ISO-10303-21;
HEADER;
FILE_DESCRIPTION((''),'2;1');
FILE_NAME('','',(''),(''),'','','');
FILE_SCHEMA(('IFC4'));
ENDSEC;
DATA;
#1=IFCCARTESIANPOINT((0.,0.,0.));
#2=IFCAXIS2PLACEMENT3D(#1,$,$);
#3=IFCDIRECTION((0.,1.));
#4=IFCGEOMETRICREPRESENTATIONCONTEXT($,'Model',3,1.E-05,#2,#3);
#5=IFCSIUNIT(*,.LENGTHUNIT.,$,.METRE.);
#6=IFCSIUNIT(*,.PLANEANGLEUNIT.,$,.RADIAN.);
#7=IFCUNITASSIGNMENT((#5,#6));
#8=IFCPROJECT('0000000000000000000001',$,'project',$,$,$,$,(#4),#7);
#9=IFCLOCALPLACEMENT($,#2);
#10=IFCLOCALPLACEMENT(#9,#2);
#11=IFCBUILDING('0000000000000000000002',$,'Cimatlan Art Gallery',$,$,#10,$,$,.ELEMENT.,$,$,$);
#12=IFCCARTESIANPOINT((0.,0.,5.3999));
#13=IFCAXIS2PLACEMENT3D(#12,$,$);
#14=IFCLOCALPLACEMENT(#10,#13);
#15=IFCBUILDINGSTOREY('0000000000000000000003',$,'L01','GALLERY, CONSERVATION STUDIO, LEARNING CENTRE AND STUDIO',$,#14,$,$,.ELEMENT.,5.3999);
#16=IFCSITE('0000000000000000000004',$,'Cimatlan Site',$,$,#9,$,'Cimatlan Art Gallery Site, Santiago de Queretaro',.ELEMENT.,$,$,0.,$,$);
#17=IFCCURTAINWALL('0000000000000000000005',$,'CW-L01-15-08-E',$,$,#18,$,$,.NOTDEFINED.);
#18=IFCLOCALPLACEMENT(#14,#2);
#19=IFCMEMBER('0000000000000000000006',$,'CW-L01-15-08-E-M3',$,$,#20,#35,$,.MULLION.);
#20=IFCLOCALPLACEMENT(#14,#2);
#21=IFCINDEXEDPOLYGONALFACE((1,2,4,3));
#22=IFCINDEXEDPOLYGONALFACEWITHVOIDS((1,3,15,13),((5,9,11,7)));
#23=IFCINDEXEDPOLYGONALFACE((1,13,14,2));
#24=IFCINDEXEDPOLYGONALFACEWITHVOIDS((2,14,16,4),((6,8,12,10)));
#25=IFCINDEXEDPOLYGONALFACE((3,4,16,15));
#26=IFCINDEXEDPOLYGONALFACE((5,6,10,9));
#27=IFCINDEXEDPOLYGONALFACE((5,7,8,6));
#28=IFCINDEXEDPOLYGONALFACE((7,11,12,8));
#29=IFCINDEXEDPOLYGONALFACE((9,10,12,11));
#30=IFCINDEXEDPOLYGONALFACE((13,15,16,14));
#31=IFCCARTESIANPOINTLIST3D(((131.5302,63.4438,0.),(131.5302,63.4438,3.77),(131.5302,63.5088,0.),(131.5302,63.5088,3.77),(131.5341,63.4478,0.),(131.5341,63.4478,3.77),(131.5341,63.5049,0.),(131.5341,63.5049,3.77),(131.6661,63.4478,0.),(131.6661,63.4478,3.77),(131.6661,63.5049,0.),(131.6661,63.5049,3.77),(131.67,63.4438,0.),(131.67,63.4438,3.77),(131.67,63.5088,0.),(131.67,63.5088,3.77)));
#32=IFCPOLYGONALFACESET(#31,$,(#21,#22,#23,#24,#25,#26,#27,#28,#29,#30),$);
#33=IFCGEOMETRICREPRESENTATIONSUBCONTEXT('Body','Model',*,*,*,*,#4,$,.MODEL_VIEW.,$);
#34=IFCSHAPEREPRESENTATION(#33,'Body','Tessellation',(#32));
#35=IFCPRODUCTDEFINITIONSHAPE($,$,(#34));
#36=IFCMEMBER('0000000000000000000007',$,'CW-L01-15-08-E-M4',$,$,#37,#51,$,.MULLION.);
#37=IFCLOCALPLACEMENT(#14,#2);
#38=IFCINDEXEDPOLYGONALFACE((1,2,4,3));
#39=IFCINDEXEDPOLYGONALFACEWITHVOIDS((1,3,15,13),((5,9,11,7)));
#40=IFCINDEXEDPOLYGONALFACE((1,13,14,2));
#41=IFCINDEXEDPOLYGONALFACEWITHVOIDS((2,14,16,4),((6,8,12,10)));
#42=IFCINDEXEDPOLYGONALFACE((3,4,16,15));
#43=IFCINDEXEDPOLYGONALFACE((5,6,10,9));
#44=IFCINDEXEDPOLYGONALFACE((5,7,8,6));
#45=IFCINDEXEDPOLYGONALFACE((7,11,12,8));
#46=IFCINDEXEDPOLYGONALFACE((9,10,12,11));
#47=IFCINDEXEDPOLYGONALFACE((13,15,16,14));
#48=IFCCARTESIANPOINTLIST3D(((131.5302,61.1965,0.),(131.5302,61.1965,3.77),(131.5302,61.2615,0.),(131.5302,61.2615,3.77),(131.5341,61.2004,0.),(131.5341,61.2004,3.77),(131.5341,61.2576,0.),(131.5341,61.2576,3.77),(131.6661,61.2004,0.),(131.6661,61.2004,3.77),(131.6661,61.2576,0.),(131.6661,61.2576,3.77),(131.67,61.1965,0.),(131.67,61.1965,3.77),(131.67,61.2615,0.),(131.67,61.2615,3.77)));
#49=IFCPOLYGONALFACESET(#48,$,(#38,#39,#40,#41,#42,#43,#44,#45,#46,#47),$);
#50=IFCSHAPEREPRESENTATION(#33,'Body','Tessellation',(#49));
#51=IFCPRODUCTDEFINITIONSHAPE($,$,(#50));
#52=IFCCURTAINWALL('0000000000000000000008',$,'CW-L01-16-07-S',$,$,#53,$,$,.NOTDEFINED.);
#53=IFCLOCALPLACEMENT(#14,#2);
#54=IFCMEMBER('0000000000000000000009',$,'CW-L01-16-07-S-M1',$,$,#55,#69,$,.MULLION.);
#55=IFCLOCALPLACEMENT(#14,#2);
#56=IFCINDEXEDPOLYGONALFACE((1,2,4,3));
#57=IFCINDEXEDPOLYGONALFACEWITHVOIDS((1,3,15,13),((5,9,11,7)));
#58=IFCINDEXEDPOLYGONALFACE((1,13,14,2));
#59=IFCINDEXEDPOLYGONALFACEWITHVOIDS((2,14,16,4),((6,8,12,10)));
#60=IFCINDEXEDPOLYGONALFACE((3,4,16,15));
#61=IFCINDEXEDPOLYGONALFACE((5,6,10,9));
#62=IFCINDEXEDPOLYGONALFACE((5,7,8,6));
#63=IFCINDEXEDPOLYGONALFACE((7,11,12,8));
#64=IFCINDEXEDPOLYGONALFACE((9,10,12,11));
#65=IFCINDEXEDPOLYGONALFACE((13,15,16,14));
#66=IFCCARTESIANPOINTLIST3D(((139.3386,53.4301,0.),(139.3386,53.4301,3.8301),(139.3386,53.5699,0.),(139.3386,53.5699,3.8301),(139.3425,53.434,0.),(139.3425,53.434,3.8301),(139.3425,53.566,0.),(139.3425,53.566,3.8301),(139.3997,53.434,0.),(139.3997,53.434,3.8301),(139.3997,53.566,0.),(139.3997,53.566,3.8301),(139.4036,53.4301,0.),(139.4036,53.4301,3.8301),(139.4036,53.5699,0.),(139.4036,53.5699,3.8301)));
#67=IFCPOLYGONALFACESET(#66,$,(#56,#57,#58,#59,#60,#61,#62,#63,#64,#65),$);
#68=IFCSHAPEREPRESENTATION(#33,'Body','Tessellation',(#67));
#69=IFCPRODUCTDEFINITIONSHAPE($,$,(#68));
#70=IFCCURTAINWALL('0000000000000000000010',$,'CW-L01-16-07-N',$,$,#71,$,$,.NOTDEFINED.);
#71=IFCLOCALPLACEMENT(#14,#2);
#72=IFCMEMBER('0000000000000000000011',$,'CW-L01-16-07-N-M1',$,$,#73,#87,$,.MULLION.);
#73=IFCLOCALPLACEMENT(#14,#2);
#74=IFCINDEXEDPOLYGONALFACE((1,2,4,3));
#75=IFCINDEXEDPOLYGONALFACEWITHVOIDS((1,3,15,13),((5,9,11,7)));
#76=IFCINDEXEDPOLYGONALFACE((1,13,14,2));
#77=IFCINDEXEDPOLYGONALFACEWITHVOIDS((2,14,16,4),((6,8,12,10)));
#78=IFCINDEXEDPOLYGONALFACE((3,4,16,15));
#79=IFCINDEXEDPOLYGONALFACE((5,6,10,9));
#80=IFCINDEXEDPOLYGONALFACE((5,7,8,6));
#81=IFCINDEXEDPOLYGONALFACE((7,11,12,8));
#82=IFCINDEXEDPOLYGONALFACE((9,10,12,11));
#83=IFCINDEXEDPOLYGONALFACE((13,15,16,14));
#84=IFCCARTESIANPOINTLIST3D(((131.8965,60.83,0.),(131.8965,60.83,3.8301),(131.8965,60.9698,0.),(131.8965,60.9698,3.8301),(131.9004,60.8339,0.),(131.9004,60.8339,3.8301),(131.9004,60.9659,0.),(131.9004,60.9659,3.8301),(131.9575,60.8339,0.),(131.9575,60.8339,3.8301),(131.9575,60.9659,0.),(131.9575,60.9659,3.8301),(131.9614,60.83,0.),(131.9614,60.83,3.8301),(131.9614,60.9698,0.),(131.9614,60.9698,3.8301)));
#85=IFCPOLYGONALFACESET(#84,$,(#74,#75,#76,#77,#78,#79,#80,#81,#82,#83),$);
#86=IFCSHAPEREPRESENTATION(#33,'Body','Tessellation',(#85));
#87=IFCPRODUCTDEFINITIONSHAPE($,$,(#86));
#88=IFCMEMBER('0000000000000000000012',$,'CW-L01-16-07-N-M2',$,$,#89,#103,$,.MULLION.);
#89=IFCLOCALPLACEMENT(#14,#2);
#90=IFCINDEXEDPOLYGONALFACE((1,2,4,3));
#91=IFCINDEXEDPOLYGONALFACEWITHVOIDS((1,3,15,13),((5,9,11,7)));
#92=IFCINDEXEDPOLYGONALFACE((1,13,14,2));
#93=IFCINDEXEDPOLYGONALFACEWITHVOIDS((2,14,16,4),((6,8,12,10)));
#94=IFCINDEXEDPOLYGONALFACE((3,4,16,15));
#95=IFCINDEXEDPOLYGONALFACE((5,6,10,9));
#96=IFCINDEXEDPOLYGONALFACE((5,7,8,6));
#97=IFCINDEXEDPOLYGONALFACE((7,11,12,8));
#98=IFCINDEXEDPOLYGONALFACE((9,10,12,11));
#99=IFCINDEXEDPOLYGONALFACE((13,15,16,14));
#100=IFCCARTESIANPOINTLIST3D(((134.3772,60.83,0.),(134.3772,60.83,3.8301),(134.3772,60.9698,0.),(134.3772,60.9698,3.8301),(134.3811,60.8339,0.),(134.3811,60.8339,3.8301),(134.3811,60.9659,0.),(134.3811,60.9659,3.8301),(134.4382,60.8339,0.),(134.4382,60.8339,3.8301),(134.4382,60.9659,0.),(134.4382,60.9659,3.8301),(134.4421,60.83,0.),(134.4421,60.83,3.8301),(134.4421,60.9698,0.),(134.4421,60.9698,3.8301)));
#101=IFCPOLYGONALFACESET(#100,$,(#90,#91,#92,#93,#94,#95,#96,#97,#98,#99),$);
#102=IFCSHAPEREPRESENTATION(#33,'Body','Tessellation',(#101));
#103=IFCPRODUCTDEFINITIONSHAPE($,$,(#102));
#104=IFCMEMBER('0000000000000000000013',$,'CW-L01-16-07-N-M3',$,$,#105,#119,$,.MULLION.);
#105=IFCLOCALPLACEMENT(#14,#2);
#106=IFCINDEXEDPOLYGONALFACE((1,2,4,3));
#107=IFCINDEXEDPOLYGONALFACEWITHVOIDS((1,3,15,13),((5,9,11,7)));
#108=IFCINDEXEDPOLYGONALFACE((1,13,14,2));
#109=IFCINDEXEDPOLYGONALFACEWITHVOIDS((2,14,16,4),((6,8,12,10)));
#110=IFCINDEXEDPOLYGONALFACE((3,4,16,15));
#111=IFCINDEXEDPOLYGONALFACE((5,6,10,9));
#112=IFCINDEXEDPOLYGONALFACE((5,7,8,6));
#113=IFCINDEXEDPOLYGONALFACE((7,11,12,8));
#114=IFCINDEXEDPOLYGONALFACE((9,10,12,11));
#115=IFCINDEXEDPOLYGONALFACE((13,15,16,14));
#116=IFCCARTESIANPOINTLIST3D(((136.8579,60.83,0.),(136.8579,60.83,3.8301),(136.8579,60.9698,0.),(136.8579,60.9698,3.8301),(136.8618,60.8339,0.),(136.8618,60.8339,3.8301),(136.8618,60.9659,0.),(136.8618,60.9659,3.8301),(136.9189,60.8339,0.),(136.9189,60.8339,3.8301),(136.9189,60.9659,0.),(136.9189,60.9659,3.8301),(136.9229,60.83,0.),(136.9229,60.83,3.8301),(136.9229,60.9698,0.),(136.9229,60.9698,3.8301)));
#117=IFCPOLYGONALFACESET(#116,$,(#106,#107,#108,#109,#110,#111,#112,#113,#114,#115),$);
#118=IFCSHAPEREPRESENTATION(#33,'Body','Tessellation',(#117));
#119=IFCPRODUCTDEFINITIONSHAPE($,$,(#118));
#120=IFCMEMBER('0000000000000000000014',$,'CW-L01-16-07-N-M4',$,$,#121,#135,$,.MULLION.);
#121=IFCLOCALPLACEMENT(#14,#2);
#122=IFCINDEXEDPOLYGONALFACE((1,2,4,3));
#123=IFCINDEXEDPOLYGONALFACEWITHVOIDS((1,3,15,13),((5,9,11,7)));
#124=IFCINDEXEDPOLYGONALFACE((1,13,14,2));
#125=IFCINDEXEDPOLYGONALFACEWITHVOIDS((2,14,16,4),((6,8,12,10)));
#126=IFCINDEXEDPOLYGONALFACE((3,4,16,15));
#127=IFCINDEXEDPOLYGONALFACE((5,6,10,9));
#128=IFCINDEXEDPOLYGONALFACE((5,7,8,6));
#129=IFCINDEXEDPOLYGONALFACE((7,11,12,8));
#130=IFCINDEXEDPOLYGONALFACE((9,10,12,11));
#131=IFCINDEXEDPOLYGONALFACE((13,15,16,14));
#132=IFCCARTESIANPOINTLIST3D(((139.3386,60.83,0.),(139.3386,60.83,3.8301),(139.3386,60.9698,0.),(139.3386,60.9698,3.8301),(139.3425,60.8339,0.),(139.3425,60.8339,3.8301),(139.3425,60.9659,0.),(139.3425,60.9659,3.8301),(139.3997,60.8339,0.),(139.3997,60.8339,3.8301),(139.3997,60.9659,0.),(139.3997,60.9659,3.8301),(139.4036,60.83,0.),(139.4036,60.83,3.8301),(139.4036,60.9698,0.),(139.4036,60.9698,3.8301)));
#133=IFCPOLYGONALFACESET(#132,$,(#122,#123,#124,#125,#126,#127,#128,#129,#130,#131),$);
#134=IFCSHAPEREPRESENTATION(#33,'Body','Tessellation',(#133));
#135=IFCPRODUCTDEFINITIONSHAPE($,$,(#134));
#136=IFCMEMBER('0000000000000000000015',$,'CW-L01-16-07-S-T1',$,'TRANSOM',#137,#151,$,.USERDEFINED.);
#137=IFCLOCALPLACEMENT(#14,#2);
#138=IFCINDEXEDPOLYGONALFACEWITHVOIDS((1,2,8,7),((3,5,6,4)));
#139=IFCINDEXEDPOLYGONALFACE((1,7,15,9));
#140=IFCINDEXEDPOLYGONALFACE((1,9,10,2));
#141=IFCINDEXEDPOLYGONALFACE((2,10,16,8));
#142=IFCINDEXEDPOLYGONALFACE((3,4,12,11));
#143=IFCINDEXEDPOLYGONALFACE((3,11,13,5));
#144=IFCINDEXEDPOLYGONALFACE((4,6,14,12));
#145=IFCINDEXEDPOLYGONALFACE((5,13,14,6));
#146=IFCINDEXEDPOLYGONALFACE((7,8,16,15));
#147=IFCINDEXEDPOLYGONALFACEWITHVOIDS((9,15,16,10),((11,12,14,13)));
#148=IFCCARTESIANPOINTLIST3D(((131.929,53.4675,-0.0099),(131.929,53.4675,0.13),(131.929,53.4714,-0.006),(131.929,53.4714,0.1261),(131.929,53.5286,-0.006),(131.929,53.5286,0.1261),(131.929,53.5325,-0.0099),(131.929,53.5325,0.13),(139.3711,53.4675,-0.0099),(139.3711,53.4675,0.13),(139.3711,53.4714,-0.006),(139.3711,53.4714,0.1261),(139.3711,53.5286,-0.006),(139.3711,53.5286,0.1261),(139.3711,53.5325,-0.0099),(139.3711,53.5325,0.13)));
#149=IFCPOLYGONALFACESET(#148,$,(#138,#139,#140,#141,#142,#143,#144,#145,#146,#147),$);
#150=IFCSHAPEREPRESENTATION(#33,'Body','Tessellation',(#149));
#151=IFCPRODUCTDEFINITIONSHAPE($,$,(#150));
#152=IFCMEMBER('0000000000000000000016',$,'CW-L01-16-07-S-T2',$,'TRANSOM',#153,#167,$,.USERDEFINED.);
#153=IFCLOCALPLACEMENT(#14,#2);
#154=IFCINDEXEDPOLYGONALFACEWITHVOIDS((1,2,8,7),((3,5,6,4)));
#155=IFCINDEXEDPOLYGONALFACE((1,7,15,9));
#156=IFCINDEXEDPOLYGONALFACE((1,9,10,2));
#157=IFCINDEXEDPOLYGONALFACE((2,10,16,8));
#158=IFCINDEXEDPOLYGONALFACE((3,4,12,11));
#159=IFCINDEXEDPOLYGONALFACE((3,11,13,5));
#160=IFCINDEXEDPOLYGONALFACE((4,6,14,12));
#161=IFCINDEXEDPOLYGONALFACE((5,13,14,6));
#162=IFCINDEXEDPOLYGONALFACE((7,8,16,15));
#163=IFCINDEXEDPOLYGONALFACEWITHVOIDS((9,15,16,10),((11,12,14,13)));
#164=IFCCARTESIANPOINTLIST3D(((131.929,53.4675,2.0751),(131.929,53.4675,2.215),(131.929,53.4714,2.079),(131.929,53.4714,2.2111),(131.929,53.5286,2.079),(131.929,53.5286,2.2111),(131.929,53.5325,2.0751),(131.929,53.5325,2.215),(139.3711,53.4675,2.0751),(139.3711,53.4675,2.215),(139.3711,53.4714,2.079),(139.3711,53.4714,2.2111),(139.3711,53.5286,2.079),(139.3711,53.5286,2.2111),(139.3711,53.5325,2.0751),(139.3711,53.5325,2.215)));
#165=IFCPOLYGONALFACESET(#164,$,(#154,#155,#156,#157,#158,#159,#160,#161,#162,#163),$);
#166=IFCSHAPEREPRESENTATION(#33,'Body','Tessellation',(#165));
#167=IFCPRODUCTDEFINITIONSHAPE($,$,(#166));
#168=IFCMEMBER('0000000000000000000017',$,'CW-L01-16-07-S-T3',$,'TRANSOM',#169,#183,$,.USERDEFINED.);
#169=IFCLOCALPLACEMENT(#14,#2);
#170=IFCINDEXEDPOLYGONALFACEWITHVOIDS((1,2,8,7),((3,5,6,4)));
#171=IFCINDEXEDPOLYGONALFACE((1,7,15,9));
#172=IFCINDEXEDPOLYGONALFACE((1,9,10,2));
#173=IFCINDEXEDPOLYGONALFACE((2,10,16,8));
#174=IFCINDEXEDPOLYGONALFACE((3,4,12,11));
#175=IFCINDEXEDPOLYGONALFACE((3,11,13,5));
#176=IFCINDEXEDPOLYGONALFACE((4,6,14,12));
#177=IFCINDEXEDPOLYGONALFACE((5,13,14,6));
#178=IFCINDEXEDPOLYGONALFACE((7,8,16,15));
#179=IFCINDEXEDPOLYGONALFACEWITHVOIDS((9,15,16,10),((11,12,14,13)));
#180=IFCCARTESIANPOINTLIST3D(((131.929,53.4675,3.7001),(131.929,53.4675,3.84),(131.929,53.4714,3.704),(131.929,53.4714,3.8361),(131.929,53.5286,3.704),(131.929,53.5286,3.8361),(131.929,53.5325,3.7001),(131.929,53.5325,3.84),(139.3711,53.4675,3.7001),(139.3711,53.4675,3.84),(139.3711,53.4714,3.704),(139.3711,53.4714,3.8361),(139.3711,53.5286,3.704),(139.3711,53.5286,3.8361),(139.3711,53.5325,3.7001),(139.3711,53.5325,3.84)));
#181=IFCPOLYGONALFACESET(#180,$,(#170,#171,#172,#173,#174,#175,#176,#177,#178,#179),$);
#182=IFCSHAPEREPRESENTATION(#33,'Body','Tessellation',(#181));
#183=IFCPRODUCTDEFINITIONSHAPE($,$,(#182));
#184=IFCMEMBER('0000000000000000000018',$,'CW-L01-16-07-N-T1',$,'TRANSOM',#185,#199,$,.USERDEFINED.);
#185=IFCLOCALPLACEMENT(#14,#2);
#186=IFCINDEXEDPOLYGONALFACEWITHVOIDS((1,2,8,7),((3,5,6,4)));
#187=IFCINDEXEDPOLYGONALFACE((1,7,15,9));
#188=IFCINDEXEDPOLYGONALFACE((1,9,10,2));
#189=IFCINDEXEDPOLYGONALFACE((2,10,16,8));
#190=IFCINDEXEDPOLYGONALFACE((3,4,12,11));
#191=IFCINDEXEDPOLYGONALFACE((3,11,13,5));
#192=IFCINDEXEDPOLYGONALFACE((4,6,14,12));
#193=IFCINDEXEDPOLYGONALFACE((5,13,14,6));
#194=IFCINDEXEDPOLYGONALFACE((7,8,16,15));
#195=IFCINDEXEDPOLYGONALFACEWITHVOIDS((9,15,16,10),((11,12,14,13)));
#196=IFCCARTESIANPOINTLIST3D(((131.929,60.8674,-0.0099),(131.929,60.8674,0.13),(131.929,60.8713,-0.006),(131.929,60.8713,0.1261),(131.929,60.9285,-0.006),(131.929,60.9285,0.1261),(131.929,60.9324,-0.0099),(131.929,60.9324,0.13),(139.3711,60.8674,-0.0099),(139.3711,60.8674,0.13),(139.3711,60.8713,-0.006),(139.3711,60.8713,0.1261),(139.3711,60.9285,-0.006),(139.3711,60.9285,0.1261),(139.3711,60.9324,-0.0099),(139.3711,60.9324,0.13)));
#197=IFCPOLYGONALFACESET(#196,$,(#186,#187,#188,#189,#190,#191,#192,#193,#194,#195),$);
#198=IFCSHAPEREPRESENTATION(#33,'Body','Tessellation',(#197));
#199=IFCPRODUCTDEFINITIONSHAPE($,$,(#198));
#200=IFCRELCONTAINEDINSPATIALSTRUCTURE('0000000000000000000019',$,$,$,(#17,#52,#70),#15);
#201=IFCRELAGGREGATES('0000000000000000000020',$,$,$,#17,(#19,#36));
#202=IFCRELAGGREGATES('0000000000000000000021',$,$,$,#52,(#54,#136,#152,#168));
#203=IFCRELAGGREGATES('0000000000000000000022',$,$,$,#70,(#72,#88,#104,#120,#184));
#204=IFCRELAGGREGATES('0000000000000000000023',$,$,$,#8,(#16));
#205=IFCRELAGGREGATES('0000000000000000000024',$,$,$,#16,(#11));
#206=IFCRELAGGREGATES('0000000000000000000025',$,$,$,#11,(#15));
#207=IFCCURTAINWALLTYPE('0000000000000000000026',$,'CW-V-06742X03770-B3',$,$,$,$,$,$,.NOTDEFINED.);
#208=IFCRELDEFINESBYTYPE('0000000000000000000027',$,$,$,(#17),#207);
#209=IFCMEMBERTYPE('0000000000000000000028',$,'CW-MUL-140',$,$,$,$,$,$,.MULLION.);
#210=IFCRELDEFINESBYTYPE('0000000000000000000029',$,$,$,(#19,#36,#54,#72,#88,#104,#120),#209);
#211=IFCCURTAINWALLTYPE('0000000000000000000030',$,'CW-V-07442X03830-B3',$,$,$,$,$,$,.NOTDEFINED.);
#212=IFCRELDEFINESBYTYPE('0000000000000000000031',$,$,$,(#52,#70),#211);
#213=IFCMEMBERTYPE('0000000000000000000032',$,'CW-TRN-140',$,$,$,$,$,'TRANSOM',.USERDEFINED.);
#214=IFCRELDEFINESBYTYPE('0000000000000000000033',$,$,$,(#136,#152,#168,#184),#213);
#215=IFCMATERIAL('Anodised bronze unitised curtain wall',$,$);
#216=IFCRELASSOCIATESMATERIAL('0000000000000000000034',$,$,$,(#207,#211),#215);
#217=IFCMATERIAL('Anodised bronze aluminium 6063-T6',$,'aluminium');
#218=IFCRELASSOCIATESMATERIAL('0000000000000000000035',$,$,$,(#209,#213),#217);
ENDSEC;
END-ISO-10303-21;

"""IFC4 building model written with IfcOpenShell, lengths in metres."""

from ifc_helpers import new_model, si_unit, direction, frame, origin, origin_2d, place, context, subcontext, project, spatial, hollow_rectangle, extrude, material, material_profile, profile_set, type_object, element, aggregate, save


model = new_model("IFC4")

# Units and contexts
model_context = context("Model", 3, precision=1e-05, world=origin(), true_north=direction((0.0, 1.0)))
body_context = subcontext(model_context, "Body", "Model", "MODEL_VIEW")
ifc_project = project(units=[si_unit("LENGTHUNIT", "METRE"), si_unit("PLANEANGLEUNIT", "RADIAN")], contexts=[model_context])

# Site, building, storey
site_placement = place(None, origin())
site = spatial("IfcSite", under=ifc_project, at=site_placement, Name="Cimatlan Site", LongName="Cimatlan Art Gallery Site, Santiago de Queretaro", CompositionType="ELEMENT", RefElevation=0.0)
building_placement = place(site_placement, origin())
building = spatial("IfcBuilding", under=site, at=building_placement, Name="Cimatlan Art Gallery", CompositionType="ELEMENT")
storey_placement = place(building_placement, frame((0.0, 0.0, 5.3999)))
storey = spatial("IfcBuildingStorey", under=building, at=storey_placement, Name="L01", Description="GALLERY, CONSERVATION STUDIO, LEARNING CENTRE AND STUDIO", CompositionType="ELEMENT", Elevation=5.3999)

# Curtain wall, members
ifc_material_1 = material(Name="Anodised bronze unitised curtain wall")
curtain_wall_type_1 = type_object("IfcCurtainWallType", Name="CW-V-06742X03770-B3", PredefinedType="NOTDEFINED", material=ifc_material_1)
curtain_wall_1_placement = place(storey_placement, origin())
curtain_wall_1 = element("IfcCurtainWall", 1, at=curtain_wall_1_placement, inside=storey, type_object=curtain_wall_type_1, Name="CW-L01-15-08-E", PredefinedType="NOTDEFINED")
ifc_material_2 = material(Name="Anodised bronze aluminium 6063-T6", Category="aluminium")
ifc_material_profile_1 = material_profile(ifc_material_2, hollow_rectangle(XDim=0.0649, YDim=0.1399, WallThickness=0.0039, at=origin_2d()), Name="ALU65X140X4")
ifc_profile_set_1 = profile_set([ifc_material_profile_1], Name="Anodised bronze aluminium 6063-T6")
member_type_1 = type_object("IfcMemberType", Name="CW-MUL-140", PredefinedType="MULLION", material=ifc_profile_set_1)
member_1_placement = place(storey_placement, frame((131.6001, 63.4763, 0.0), z_axis=(0.0, 0.0, 1.0), x_axis=(0.0, 1.0, 0.0)))
member_1 = element("IfcMember", 2, at=member_1_placement, type_object=member_type_1, Name="CW-L01-15-08-E-M3", PredefinedType="MULLION", context=body_context, shape_type="SweptSolid", body=[
    extrude(hollow_rectangle(XDim=0.0649, YDim=0.1399, WallThickness=0.0039, at=origin_2d()), origin(), (0.0, 0.0, 1.0), 3.77),
])
member_2_placement = place(storey_placement, frame((131.6001, 61.229, 0.0), z_axis=(0.0, 0.0, 1.0), x_axis=(0.0, 1.0, 0.0)))
member_2 = element("IfcMember", 3, at=member_2_placement, type_object=member_type_1, Name="CW-L01-15-08-E-M4", PredefinedType="MULLION", context=body_context, shape_type="SweptSolid", body=[
    extrude(hollow_rectangle(XDim=0.0649, YDim=0.1399, WallThickness=0.0039, at=origin_2d()), origin(), (0.0, 0.0, 1.0), 3.77),
])

# Curtain wall, member
curtain_wall_type_2 = type_object("IfcCurtainWallType", Name="CW-V-07442X03830-B3", PredefinedType="NOTDEFINED", material=ifc_material_1)
curtain_wall_2_placement = place(storey_placement, origin())
curtain_wall_2 = element("IfcCurtainWall", 4, at=curtain_wall_2_placement, inside=storey, type_object=curtain_wall_type_2, Name="CW-L01-16-07-S", PredefinedType="NOTDEFINED")
member_3_placement = place(storey_placement, frame((139.3711, 53.5, 0.0), z_axis=(0.0, 0.0, 1.0), x_axis=(1.0, 0.0, 0.0)))
member_3 = element("IfcMember", 5, at=member_3_placement, type_object=member_type_1, Name="CW-L01-16-07-S-M1", PredefinedType="MULLION", context=body_context, shape_type="SweptSolid", body=[
    extrude(hollow_rectangle(XDim=0.0649, YDim=0.1399, WallThickness=0.0039, at=origin_2d()), origin(), (0.0, 0.0, 1.0), 3.8301),
])

# Curtain wall, members
curtain_wall_3_placement = place(storey_placement, origin())
curtain_wall_3 = element("IfcCurtainWall", 6, at=curtain_wall_3_placement, inside=storey, type_object=curtain_wall_type_2, Name="CW-L01-16-07-N", PredefinedType="NOTDEFINED")
member_4_placement = place(storey_placement, frame((131.929, 60.8999, 0.0), z_axis=(0.0, 0.0, 1.0), x_axis=(1.0, 0.0, 0.0)))
member_4 = element("IfcMember", 7, at=member_4_placement, type_object=member_type_1, Name="CW-L01-16-07-N-M1", PredefinedType="MULLION", context=body_context, shape_type="SweptSolid", body=[
    extrude(hollow_rectangle(XDim=0.0649, YDim=0.1399, WallThickness=0.0039, at=origin_2d()), origin(), (0.0, 0.0, 1.0), 3.8301),
])
member_5_placement = place(storey_placement, frame((134.4097, 60.8999, 0.0), z_axis=(0.0, 0.0, 1.0), x_axis=(1.0, 0.0, 0.0)))
member_5 = element("IfcMember", 8, at=member_5_placement, type_object=member_type_1, Name="CW-L01-16-07-N-M2", PredefinedType="MULLION", context=body_context, shape_type="SweptSolid", body=[
    extrude(hollow_rectangle(XDim=0.0649, YDim=0.1399, WallThickness=0.0039, at=origin_2d()), origin(), (0.0, 0.0, 1.0), 3.8301),
])
member_6_placement = place(storey_placement, frame((136.8904, 60.8999, 0.0), z_axis=(0.0, 0.0, 1.0), x_axis=(1.0, 0.0, 0.0)))
member_6 = element("IfcMember", 9, at=member_6_placement, type_object=member_type_1, Name="CW-L01-16-07-N-M3", PredefinedType="MULLION", context=body_context, shape_type="SweptSolid", body=[
    extrude(hollow_rectangle(XDim=0.0649, YDim=0.1399, WallThickness=0.0039, at=origin_2d()), origin(), (0.0, 0.0, 1.0), 3.8301),
])
member_7_placement = place(storey_placement, frame((139.3711, 60.8999, 0.0), z_axis=(0.0, 0.0, 1.0), x_axis=(1.0, 0.0, 0.0)))
member_7 = element("IfcMember", 10, at=member_7_placement, type_object=member_type_1, Name="CW-L01-16-07-N-M4", PredefinedType="MULLION", context=body_context, shape_type="SweptSolid", body=[
    extrude(hollow_rectangle(XDim=0.0649, YDim=0.1399, WallThickness=0.0039, at=origin_2d()), origin(), (0.0, 0.0, 1.0), 3.8301),
])

# Members
ifc_material_profile_2 = material_profile(ifc_material_2, hollow_rectangle(XDim=0.0649, YDim=0.1399, WallThickness=0.0039, at=origin_2d()), Name="ALU65X140X4")
ifc_profile_set_2 = profile_set([ifc_material_profile_2], Name="Anodised bronze aluminium 6063-T6")
member_type_2 = type_object("IfcMemberType", Name="CW-TRN-140", ElementType="TRANSOM", PredefinedType="USERDEFINED", material=ifc_profile_set_2)
member_8_placement = place(storey_placement, frame((139.3711, 53.5, 0.0601), z_axis=(-1.0, 0.0, 0.0), x_axis=(0.0, -1.0, 0.0)))
member_8 = element("IfcMember", 11, at=member_8_placement, type_object=member_type_2, Name="CW-L01-16-07-S-T1", ObjectType="TRANSOM", PredefinedType="USERDEFINED", context=body_context, shape_type="SweptSolid", body=[
    extrude(hollow_rectangle(XDim=0.0649, YDim=0.1399, WallThickness=0.0039, at=origin_2d()), origin(), (0.0, 0.0, 1.0), 7.4421),
])
member_9_placement = place(storey_placement, frame((139.3711, 53.5, 2.145), z_axis=(-1.0, 0.0, 0.0), x_axis=(0.0, -1.0, 0.0)))
member_9 = element("IfcMember", 12, at=member_9_placement, type_object=member_type_2, Name="CW-L01-16-07-S-T2", ObjectType="TRANSOM", PredefinedType="USERDEFINED", context=body_context, shape_type="SweptSolid", body=[
    extrude(hollow_rectangle(XDim=0.0649, YDim=0.1399, WallThickness=0.0039, at=origin_2d()), origin(), (0.0, 0.0, 1.0), 7.4421),
])
member_10_placement = place(storey_placement, frame((139.3711, 53.5, 3.77), z_axis=(-1.0, 0.0, 0.0), x_axis=(0.0, -1.0, 0.0)))
member_10 = element("IfcMember", 13, at=member_10_placement, type_object=member_type_2, Name="CW-L01-16-07-S-T3", ObjectType="TRANSOM", PredefinedType="USERDEFINED", context=body_context, shape_type="SweptSolid", body=[
    extrude(hollow_rectangle(XDim=0.0649, YDim=0.1399, WallThickness=0.0039, at=origin_2d()), origin(), (0.0, 0.0, 1.0), 7.4421),
])
member_11_placement = place(storey_placement, frame((131.929, 60.8999, 0.0601), z_axis=(1.0, 0.0, 0.0), x_axis=(0.0, 1.0, 0.0)))
member_11 = element("IfcMember", 14, at=member_11_placement, type_object=member_type_2, Name="CW-L01-16-07-N-T1", ObjectType="TRANSOM", PredefinedType="USERDEFINED", context=body_context, shape_type="SweptSolid", body=[
    extrude(hollow_rectangle(XDim=0.0649, YDim=0.1399, WallThickness=0.0039, at=origin_2d()), origin(), (0.0, 0.0, 1.0), 7.4421),
])

aggregate(curtain_wall_1, [member_1, member_2])
aggregate(curtain_wall_2, [member_3, member_8, member_9, member_10])
aggregate(curtain_wall_3, [member_4, member_5, member_6, member_7, member_11])

save(model, "model.ifc")
